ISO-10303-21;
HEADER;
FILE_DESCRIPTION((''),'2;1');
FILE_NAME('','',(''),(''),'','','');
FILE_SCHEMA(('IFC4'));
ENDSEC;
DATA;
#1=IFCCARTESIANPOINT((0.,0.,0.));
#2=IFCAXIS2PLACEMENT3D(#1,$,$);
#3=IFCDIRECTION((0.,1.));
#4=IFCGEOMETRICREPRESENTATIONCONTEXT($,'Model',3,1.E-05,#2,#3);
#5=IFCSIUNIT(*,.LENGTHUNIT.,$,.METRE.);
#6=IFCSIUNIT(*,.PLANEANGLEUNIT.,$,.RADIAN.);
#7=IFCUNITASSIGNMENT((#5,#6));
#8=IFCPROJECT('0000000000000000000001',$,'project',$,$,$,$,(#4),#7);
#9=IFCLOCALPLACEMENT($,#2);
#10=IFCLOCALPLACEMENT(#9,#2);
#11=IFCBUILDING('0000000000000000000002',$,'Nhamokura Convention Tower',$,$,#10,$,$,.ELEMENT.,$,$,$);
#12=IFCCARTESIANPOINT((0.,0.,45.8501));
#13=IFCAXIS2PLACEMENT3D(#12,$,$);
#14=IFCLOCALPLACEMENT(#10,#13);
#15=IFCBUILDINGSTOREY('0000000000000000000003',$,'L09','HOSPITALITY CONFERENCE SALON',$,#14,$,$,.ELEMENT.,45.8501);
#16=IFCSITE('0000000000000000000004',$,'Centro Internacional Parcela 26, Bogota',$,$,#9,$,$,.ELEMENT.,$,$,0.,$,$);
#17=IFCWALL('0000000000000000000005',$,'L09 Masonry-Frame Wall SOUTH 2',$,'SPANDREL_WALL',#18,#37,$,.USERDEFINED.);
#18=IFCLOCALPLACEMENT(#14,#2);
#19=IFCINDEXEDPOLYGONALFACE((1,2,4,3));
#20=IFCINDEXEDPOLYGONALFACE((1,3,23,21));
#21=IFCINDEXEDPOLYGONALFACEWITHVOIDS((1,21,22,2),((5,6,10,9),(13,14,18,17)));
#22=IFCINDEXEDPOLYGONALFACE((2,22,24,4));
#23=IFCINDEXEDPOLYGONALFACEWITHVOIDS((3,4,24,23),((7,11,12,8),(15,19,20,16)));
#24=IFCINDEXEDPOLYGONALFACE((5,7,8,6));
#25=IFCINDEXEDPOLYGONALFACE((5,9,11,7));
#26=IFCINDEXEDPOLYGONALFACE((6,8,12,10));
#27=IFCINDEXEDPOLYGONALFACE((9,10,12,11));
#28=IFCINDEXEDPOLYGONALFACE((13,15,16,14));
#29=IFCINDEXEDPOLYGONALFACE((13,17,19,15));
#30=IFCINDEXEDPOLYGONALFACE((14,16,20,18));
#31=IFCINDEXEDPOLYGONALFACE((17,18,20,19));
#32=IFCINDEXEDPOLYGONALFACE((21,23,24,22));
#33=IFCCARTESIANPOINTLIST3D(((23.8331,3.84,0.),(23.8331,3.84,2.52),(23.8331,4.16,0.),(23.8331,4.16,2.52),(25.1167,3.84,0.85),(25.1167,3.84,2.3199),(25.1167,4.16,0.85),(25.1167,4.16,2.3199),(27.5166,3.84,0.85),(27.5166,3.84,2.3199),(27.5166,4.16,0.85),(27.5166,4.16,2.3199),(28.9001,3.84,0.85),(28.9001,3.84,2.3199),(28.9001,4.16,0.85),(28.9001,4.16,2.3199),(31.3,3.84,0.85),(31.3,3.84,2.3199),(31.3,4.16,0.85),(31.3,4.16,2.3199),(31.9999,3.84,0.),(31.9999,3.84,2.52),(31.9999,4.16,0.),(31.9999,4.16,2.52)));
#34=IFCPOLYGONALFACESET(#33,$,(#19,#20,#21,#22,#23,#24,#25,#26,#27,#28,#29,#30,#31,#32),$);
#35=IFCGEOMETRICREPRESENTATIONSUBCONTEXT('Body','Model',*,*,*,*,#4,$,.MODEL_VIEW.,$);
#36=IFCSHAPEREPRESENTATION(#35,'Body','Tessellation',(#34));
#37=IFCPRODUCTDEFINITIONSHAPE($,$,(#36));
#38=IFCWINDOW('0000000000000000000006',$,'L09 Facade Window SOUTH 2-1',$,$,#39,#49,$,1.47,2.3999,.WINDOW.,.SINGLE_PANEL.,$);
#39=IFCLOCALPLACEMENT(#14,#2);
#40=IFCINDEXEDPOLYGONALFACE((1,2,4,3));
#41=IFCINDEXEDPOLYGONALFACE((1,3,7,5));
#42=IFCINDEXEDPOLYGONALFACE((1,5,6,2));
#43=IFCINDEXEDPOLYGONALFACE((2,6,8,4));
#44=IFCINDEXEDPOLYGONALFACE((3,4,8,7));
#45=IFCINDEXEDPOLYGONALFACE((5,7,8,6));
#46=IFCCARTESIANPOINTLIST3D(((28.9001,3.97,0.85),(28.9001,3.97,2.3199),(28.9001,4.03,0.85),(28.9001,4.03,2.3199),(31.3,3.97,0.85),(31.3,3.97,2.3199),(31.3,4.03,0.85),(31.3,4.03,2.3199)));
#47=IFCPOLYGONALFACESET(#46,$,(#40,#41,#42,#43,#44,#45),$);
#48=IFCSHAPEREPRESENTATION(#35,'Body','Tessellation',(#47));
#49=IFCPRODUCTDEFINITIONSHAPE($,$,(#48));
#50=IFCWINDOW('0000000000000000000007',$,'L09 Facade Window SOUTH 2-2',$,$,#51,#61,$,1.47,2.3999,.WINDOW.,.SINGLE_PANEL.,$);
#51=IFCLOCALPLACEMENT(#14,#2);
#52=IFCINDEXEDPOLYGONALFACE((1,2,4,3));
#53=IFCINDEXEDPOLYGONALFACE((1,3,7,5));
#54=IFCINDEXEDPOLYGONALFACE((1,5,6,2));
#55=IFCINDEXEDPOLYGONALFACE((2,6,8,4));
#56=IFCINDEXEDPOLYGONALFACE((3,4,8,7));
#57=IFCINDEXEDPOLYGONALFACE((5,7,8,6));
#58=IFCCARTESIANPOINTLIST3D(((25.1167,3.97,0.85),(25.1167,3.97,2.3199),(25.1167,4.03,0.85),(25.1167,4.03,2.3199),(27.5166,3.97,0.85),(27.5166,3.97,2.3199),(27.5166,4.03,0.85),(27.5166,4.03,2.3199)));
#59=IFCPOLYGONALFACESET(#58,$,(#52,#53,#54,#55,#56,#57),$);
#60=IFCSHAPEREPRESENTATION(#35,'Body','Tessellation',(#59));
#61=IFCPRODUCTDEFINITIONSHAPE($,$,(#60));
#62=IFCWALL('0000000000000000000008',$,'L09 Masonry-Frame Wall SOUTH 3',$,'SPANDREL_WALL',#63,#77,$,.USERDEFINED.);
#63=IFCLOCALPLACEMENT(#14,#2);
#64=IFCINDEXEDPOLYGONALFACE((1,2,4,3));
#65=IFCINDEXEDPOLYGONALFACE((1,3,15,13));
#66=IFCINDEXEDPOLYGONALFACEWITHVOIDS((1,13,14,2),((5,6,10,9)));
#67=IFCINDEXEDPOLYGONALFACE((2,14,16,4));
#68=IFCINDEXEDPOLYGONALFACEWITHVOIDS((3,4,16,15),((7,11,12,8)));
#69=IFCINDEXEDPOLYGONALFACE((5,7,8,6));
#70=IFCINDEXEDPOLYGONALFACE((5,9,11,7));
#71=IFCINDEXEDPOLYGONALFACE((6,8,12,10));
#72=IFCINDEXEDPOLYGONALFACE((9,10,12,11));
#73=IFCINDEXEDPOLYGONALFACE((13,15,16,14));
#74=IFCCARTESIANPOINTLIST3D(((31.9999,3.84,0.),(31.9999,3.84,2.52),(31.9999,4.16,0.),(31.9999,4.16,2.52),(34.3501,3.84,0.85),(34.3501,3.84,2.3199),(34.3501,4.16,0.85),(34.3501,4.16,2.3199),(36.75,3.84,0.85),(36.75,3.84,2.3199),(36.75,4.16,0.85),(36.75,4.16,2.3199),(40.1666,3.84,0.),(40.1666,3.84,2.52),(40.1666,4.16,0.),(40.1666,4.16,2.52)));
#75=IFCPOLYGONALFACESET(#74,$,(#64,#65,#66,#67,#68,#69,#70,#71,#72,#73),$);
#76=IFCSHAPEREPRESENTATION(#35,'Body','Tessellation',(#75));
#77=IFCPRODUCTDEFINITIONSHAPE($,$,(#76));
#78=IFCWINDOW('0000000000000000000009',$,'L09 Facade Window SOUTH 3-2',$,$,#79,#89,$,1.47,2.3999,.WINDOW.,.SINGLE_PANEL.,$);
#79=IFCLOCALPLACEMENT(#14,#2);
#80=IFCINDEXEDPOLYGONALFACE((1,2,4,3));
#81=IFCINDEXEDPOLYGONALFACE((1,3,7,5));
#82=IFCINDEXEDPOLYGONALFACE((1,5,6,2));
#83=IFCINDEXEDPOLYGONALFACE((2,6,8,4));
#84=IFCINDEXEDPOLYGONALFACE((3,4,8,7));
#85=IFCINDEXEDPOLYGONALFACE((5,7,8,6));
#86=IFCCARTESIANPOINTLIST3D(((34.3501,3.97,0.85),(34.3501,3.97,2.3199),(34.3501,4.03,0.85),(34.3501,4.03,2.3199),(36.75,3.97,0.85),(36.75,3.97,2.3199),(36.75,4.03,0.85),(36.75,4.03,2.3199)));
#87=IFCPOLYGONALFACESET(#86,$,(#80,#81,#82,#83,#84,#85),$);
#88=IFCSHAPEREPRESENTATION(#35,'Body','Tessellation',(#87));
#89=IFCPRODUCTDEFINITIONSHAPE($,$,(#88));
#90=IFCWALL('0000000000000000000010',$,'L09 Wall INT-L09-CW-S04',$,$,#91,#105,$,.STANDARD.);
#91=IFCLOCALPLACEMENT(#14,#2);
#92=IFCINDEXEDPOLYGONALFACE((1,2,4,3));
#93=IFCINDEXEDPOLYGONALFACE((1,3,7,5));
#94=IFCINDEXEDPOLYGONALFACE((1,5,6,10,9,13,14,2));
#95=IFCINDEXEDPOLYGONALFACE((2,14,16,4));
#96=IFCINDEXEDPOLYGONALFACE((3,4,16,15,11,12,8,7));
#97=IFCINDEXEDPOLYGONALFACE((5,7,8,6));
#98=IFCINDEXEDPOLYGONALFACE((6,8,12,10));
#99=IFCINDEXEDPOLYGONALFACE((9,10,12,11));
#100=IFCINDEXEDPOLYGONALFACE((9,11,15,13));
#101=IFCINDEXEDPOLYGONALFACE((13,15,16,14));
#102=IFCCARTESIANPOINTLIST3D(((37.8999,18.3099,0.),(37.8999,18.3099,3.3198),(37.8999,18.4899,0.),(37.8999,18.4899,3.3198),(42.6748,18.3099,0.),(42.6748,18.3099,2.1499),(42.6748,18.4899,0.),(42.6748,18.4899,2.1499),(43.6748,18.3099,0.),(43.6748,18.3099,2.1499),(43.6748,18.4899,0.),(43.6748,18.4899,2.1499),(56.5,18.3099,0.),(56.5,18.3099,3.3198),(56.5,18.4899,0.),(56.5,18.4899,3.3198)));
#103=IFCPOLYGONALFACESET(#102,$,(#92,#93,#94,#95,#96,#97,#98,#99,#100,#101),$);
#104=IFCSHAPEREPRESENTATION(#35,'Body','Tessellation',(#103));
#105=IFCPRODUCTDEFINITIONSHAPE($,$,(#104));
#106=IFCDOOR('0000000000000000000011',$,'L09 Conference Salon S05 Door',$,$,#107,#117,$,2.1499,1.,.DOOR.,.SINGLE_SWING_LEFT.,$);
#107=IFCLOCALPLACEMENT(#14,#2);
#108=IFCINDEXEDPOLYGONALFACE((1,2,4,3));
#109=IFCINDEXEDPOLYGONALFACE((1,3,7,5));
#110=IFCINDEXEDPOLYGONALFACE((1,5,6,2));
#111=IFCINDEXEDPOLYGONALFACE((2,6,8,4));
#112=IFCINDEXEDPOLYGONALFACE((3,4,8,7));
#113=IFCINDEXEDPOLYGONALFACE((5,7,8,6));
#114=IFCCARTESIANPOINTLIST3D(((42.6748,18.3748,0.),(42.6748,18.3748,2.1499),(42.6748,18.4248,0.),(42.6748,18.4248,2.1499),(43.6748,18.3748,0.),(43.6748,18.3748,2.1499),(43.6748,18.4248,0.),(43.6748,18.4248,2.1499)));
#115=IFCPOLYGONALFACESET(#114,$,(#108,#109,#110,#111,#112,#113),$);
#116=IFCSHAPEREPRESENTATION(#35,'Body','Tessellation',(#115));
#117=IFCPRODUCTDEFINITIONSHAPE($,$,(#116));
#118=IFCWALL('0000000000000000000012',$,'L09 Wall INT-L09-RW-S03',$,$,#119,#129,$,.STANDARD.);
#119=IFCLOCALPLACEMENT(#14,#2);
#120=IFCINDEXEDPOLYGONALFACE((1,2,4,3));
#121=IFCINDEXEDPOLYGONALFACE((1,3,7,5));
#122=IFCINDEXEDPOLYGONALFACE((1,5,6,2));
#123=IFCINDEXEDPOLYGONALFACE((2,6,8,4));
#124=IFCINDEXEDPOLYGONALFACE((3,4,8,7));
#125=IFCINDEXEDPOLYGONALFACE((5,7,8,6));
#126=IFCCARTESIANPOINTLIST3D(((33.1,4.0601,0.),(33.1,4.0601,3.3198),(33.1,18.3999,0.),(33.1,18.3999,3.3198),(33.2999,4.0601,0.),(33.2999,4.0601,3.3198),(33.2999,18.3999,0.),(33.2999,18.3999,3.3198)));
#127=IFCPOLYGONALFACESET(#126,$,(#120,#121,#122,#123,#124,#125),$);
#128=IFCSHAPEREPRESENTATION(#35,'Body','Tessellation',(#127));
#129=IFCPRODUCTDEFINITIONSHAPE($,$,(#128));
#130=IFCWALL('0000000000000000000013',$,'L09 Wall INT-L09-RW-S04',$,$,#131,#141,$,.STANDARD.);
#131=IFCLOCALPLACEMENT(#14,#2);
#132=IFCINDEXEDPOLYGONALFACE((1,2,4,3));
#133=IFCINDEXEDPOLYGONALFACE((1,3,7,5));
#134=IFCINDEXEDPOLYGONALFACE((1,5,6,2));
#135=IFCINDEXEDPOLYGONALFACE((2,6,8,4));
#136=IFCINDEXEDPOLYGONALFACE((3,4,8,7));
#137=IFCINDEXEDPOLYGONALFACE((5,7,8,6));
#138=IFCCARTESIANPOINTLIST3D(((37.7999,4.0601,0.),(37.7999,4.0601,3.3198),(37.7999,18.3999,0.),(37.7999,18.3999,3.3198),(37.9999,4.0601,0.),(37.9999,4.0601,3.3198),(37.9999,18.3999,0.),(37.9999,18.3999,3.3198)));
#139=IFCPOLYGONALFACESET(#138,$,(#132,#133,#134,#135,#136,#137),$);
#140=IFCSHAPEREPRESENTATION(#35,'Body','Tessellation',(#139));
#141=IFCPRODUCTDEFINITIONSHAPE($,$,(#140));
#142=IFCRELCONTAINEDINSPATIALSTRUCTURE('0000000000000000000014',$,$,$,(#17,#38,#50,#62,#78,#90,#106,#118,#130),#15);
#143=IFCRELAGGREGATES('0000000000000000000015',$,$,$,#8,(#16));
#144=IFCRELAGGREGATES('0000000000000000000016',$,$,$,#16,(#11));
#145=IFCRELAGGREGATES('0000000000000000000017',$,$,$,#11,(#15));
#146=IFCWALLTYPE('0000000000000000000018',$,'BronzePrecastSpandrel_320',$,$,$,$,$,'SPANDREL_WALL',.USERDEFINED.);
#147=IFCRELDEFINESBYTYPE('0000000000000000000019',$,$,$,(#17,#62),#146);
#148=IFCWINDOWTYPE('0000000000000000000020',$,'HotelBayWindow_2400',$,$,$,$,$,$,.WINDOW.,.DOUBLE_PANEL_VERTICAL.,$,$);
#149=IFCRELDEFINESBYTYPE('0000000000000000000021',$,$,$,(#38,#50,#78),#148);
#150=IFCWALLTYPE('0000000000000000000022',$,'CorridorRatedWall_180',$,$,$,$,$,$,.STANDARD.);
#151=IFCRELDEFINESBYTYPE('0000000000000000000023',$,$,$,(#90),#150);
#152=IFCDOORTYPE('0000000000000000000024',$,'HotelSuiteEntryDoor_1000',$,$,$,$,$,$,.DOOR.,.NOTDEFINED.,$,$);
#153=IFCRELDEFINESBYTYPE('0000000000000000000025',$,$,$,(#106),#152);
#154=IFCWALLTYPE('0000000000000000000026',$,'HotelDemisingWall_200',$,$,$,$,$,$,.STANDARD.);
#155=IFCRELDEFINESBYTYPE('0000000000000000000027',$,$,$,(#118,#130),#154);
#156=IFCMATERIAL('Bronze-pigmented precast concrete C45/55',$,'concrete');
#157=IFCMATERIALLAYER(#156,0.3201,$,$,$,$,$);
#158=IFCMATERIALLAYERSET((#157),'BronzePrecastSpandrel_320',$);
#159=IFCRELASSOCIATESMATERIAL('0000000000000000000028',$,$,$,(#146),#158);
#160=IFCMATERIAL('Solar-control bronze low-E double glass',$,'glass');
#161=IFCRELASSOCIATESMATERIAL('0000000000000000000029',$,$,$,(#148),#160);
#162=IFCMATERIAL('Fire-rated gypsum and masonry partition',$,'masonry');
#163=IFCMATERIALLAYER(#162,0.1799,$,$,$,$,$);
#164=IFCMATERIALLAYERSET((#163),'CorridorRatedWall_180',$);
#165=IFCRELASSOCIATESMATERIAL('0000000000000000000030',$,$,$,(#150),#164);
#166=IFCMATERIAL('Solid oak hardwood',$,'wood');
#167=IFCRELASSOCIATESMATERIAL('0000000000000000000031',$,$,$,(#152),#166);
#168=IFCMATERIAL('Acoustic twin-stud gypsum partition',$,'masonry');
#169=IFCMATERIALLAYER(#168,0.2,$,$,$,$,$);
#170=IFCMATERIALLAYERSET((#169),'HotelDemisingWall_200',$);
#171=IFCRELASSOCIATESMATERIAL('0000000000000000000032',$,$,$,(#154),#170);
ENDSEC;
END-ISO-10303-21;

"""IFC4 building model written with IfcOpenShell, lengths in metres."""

from ifc_helpers import new_model, si_unit, direction, frame, frame_2d, origin, place, context, subcontext, project, spatial, rectangle, extrude, material, layer, layer_set, type_object, element, fill, save


model = new_model("IFC4")

# Units and contexts
model_context = context("Model", 3, precision=1e-05, world=origin(), true_north=direction((0.0, 1.0)))
body_context = subcontext(model_context, "Body", "Model", "MODEL_VIEW")
ifc_project = project(units=[si_unit("LENGTHUNIT", "METRE"), si_unit("PLANEANGLEUNIT", "RADIAN")], contexts=[model_context])

# Site, building, storey
site_placement = place(None, origin())
site = spatial("IfcSite", under=ifc_project, at=site_placement, Name="Centro Internacional Parcela 26, Bogota", CompositionType="ELEMENT", RefElevation=0.0)
building_placement = place(site_placement, origin())
building = spatial("IfcBuilding", under=site, at=building_placement, Name="Nhamokura Convention Tower", CompositionType="ELEMENT")
storey_placement = place(building_placement, frame((0.0, 0.0, 45.8501)))
storey = spatial("IfcBuildingStorey", under=building, at=storey_placement, Name="L09", Description="HOSPITALITY CONFERENCE SALON", CompositionType="ELEMENT", Elevation=45.8501)

# Wall, openings, windows
ifc_material_1 = material(Name="Bronze-pigmented precast concrete C45/55", Category="concrete")
ifc_layer_1 = layer(ifc_material_1, 0.3201)
ifc_layer_set_1 = layer_set([ifc_layer_1], Name="BronzePrecastSpandrel_320")
wall_type_1 = type_object("IfcWallType", Name="BronzePrecastSpandrel_320", ElementType="SPANDREL_WALL", PredefinedType="USERDEFINED", material=ifc_layer_set_1)
wall_1_placement = place(storey_placement, frame((32.0, 4.0, 0.0), z_axis=(0.0, 0.0, 1.0), x_axis=(-1.0, 0.0, 0.0)))
wall_1 = element("IfcWall", 1, at=wall_1_placement, inside=storey, type_object=wall_type_1, Name="L09 Masonry-Frame Wall SOUTH 2", ObjectType="SPANDREL_WALL", PredefinedType="USERDEFINED", context=body_context, shape_type="SweptSolid", body=[
    extrude(rectangle(XDim=8.1667, YDim=0.3201, at=frame_2d((4.0835, 0.0))), origin(), (0.0, 0.0, 1.0), 2.52),
])
opening_1_placement = place(wall_1_placement, frame((0.7, 0.0, 0.8501)))
opening_1 = element("IfcOpeningElement", 2, at=opening_1_placement, cuts=wall_1, PredefinedType="OPENING", context=body_context, shape_type="SweptSolid", body=[
    extrude(rectangle(XDim=2.3999, YDim=1.47, at=frame_2d((1.2, 0.7349))), frame((0.0, 0.1699, 0.0), z_axis=(0.0, -1.0, 0.0), x_axis=(1.0, 0.0, 0.0)), (0.0, 0.0, 1.0), 0.3401),
])
opening_2_placement = place(wall_1_placement, frame((4.4834, 0.0, 0.8501)))
opening_2 = element("IfcOpeningElement", 3, at=opening_2_placement, cuts=wall_1, PredefinedType="OPENING", context=body_context, shape_type="SweptSolid", body=[
    extrude(rectangle(XDim=2.3999, YDim=1.47, at=frame_2d((1.2, 0.7349))), frame((0.0, 0.1699, 0.0), z_axis=(0.0, -1.0, 0.0), x_axis=(1.0, 0.0, 0.0)), (0.0, 0.0, 1.0), 0.3401),
])
ifc_material_2 = material(Name="Solar-control bronze low-E double glass", Category="glass")
window_type = type_object("IfcWindowType", Name="HotelBayWindow_2400", PartitioningType="DOUBLE_PANEL_VERTICAL", PredefinedType="WINDOW", material=ifc_material_2)
window_1_placement = place(opening_1_placement, origin())
window_1 = element("IfcWindow", 4, at=window_1_placement, inside=storey, type_object=window_type, Name="L09 Facade Window SOUTH 2-1", OverallHeight=1.47, OverallWidth=2.3999, PartitioningType="SINGLE_PANEL", PredefinedType="WINDOW", context=body_context, shape_type="SweptSolid", body=[
    extrude(rectangle(XDim=2.3999, YDim=1.47, at=frame_2d((1.2, 0.7349))), frame((0.0, 0.03, 0.0), z_axis=(0.0, -1.0, 0.0), x_axis=(1.0, 0.0, 0.0)), (0.0, 0.0, 1.0), 0.0601),
])
fill(opening_1, window_1)
window_2_placement = place(opening_2_placement, origin())
window_2 = element("IfcWindow", 5, at=window_2_placement, inside=storey, type_object=window_type, Name="L09 Facade Window SOUTH 2-2", OverallHeight=1.47, OverallWidth=2.3999, PartitioningType="SINGLE_PANEL", PredefinedType="WINDOW", context=body_context, shape_type="SweptSolid", body=[
    extrude(rectangle(XDim=2.3999, YDim=1.47, at=frame_2d((1.2, 0.7349))), frame((0.0, 0.03, 0.0), z_axis=(0.0, -1.0, 0.0), x_axis=(1.0, 0.0, 0.0)), (0.0, 0.0, 1.0), 0.0601),
])
fill(opening_2, window_2)

# Wall, opening, window
wall_2_placement = place(storey_placement, frame((40.1667, 4.0, 0.0), z_axis=(0.0, 0.0, 1.0), x_axis=(-1.0, 0.0, 0.0)))
wall_2 = element("IfcWall", 6, at=wall_2_placement, inside=storey, type_object=wall_type_1, Name="L09 Masonry-Frame Wall SOUTH 3", ObjectType="SPANDREL_WALL", PredefinedType="USERDEFINED", context=body_context, shape_type="SweptSolid", body=[
    extrude(rectangle(XDim=8.1667, YDim=0.3201, at=frame_2d((4.0835, 0.0))), origin(), (0.0, 0.0, 1.0), 2.52),
])
opening_3_placement = place(wall_2_placement, frame((3.4167, 0.0, 0.8501)))
opening_3 = element("IfcOpeningElement", 7, at=opening_3_placement, cuts=wall_2, PredefinedType="OPENING", context=body_context, shape_type="SweptSolid", body=[
    extrude(rectangle(XDim=2.3999, YDim=1.47, at=frame_2d((1.2, 0.7349))), frame((0.0, 0.1699, 0.0), z_axis=(0.0, -1.0, 0.0), x_axis=(1.0, 0.0, 0.0)), (0.0, 0.0, 1.0), 0.3401),
])
window_3_placement = place(opening_3_placement, origin())
window_3 = element("IfcWindow", 8, at=window_3_placement, inside=storey, type_object=window_type, Name="L09 Facade Window SOUTH 3-2", OverallHeight=1.47, OverallWidth=2.3999, PartitioningType="SINGLE_PANEL", PredefinedType="WINDOW", context=body_context, shape_type="SweptSolid", body=[
    extrude(rectangle(XDim=2.3999, YDim=1.47, at=frame_2d((1.2, 0.7349))), frame((0.0, 0.03, 0.0), z_axis=(0.0, -1.0, 0.0), x_axis=(1.0, 0.0, 0.0)), (0.0, 0.0, 1.0), 0.0601),
])
fill(opening_3, window_3)

# Wall, opening, door
ifc_material_3 = material(Name="Fire-rated gypsum and masonry partition", Category="masonry")
ifc_layer_2 = layer(ifc_material_3, 0.1799)
ifc_layer_set_2 = layer_set([ifc_layer_2], Name="CorridorRatedWall_180")
wall_type_2 = type_object("IfcWallType", Name="CorridorRatedWall_180", PredefinedType="STANDARD", material=ifc_layer_set_2)
ifc_material_4 = material(Name="Solid oak hardwood", Category="wood")
door_type_1 = type_object("IfcDoorType", Name="HotelSuiteEntryDoor_1000", OperationType="NOTDEFINED", PredefinedType="DOOR", material=ifc_material_4)
wall_3_placement = place(storey_placement, frame((37.8999, 18.3999, 0.0), z_axis=(0.0, 0.0, 1.0), x_axis=(1.0, 0.0, 0.0)))
wall_3 = element("IfcWall", 9, at=wall_3_placement, inside=storey, type_object=wall_type_2, Name="L09 Wall INT-L09-CW-S04", PredefinedType="STANDARD", context=body_context, shape_type="SweptSolid", body=[
    extrude(rectangle(XDim=18.6001, YDim=0.1799, at=frame_2d((9.3, 0.0))), origin(), (0.0, 0.0, 1.0), 3.3198),
])
opening_4_placement = place(wall_3_placement, frame((4.7749, 0.0, 0.0)))
opening_4 = element("IfcOpeningElement", 10, at=opening_4_placement, cuts=wall_3, PredefinedType="OPENING", context=body_context, shape_type="SweptSolid", body=[
    extrude(rectangle(XDim=1.0, YDim=2.1499, at=frame_2d((0.5, 1.075))), frame((0.0, 0.0999, 0.0), z_axis=(0.0, -1.0, 0.0), x_axis=(1.0, 0.0, 0.0)), (0.0, 0.0, 1.0), 0.2),
])
door_1_placement = place(opening_4_placement, origin())
door_1 = element("IfcDoor", 11, at=door_1_placement, inside=storey, type_object=door_type_1, Name="L09 Conference Salon S05 Door", OperationType="SINGLE_SWING_LEFT", OverallHeight=2.1499, OverallWidth=1.0, PredefinedType="DOOR", context=body_context, shape_type="SweptSolid", body=[
    extrude(rectangle(XDim=1.0, YDim=2.1499, at=frame_2d((0.5, 1.075))), frame((0.0, 0.0249, 0.0), z_axis=(0.0, -1.0, 0.0), x_axis=(1.0, 0.0, 0.0)), (0.0, 0.0, 1.0), 0.05),
])
fill(opening_4, door_1)

# Walls
ifc_material_5 = material(Name="Acoustic twin-stud gypsum partition", Category="masonry")
ifc_layer_3 = layer(ifc_material_5, 0.2)
ifc_layer_set_3 = layer_set([ifc_layer_3], Name="HotelDemisingWall_200")
wall_type_3 = type_object("IfcWallType", Name="HotelDemisingWall_200", PredefinedType="STANDARD", material=ifc_layer_set_3)
for number, where, z_axis, x_axis, name in (
    (12, (33.2, 4.0601, 0.0), (0.0, 0.0, 1.0), (0.0, 1.0, 0.0), "L09 Wall INT-L09-RW-S03"),
    (13, (37.8999, 4.0601, 0.0), (0.0, 0.0, 1.0), (0.0, 1.0, 0.0), "L09 Wall INT-L09-RW-S04"),
):
    element("IfcWall", number, at=place(storey_placement, frame(where, z_axis=z_axis, x_axis=x_axis)), inside=storey, type_object=wall_type_3, Name=name, PredefinedType="STANDARD", context=body_context, shape_type="SweptSolid", body=[
        extrude(rectangle(XDim=14.3398, YDim=0.2, at=frame_2d((7.1699, 0.0))), origin(), (0.0, 0.0, 1.0), 3.3198),
    ])

save(model, "model.ifc")
